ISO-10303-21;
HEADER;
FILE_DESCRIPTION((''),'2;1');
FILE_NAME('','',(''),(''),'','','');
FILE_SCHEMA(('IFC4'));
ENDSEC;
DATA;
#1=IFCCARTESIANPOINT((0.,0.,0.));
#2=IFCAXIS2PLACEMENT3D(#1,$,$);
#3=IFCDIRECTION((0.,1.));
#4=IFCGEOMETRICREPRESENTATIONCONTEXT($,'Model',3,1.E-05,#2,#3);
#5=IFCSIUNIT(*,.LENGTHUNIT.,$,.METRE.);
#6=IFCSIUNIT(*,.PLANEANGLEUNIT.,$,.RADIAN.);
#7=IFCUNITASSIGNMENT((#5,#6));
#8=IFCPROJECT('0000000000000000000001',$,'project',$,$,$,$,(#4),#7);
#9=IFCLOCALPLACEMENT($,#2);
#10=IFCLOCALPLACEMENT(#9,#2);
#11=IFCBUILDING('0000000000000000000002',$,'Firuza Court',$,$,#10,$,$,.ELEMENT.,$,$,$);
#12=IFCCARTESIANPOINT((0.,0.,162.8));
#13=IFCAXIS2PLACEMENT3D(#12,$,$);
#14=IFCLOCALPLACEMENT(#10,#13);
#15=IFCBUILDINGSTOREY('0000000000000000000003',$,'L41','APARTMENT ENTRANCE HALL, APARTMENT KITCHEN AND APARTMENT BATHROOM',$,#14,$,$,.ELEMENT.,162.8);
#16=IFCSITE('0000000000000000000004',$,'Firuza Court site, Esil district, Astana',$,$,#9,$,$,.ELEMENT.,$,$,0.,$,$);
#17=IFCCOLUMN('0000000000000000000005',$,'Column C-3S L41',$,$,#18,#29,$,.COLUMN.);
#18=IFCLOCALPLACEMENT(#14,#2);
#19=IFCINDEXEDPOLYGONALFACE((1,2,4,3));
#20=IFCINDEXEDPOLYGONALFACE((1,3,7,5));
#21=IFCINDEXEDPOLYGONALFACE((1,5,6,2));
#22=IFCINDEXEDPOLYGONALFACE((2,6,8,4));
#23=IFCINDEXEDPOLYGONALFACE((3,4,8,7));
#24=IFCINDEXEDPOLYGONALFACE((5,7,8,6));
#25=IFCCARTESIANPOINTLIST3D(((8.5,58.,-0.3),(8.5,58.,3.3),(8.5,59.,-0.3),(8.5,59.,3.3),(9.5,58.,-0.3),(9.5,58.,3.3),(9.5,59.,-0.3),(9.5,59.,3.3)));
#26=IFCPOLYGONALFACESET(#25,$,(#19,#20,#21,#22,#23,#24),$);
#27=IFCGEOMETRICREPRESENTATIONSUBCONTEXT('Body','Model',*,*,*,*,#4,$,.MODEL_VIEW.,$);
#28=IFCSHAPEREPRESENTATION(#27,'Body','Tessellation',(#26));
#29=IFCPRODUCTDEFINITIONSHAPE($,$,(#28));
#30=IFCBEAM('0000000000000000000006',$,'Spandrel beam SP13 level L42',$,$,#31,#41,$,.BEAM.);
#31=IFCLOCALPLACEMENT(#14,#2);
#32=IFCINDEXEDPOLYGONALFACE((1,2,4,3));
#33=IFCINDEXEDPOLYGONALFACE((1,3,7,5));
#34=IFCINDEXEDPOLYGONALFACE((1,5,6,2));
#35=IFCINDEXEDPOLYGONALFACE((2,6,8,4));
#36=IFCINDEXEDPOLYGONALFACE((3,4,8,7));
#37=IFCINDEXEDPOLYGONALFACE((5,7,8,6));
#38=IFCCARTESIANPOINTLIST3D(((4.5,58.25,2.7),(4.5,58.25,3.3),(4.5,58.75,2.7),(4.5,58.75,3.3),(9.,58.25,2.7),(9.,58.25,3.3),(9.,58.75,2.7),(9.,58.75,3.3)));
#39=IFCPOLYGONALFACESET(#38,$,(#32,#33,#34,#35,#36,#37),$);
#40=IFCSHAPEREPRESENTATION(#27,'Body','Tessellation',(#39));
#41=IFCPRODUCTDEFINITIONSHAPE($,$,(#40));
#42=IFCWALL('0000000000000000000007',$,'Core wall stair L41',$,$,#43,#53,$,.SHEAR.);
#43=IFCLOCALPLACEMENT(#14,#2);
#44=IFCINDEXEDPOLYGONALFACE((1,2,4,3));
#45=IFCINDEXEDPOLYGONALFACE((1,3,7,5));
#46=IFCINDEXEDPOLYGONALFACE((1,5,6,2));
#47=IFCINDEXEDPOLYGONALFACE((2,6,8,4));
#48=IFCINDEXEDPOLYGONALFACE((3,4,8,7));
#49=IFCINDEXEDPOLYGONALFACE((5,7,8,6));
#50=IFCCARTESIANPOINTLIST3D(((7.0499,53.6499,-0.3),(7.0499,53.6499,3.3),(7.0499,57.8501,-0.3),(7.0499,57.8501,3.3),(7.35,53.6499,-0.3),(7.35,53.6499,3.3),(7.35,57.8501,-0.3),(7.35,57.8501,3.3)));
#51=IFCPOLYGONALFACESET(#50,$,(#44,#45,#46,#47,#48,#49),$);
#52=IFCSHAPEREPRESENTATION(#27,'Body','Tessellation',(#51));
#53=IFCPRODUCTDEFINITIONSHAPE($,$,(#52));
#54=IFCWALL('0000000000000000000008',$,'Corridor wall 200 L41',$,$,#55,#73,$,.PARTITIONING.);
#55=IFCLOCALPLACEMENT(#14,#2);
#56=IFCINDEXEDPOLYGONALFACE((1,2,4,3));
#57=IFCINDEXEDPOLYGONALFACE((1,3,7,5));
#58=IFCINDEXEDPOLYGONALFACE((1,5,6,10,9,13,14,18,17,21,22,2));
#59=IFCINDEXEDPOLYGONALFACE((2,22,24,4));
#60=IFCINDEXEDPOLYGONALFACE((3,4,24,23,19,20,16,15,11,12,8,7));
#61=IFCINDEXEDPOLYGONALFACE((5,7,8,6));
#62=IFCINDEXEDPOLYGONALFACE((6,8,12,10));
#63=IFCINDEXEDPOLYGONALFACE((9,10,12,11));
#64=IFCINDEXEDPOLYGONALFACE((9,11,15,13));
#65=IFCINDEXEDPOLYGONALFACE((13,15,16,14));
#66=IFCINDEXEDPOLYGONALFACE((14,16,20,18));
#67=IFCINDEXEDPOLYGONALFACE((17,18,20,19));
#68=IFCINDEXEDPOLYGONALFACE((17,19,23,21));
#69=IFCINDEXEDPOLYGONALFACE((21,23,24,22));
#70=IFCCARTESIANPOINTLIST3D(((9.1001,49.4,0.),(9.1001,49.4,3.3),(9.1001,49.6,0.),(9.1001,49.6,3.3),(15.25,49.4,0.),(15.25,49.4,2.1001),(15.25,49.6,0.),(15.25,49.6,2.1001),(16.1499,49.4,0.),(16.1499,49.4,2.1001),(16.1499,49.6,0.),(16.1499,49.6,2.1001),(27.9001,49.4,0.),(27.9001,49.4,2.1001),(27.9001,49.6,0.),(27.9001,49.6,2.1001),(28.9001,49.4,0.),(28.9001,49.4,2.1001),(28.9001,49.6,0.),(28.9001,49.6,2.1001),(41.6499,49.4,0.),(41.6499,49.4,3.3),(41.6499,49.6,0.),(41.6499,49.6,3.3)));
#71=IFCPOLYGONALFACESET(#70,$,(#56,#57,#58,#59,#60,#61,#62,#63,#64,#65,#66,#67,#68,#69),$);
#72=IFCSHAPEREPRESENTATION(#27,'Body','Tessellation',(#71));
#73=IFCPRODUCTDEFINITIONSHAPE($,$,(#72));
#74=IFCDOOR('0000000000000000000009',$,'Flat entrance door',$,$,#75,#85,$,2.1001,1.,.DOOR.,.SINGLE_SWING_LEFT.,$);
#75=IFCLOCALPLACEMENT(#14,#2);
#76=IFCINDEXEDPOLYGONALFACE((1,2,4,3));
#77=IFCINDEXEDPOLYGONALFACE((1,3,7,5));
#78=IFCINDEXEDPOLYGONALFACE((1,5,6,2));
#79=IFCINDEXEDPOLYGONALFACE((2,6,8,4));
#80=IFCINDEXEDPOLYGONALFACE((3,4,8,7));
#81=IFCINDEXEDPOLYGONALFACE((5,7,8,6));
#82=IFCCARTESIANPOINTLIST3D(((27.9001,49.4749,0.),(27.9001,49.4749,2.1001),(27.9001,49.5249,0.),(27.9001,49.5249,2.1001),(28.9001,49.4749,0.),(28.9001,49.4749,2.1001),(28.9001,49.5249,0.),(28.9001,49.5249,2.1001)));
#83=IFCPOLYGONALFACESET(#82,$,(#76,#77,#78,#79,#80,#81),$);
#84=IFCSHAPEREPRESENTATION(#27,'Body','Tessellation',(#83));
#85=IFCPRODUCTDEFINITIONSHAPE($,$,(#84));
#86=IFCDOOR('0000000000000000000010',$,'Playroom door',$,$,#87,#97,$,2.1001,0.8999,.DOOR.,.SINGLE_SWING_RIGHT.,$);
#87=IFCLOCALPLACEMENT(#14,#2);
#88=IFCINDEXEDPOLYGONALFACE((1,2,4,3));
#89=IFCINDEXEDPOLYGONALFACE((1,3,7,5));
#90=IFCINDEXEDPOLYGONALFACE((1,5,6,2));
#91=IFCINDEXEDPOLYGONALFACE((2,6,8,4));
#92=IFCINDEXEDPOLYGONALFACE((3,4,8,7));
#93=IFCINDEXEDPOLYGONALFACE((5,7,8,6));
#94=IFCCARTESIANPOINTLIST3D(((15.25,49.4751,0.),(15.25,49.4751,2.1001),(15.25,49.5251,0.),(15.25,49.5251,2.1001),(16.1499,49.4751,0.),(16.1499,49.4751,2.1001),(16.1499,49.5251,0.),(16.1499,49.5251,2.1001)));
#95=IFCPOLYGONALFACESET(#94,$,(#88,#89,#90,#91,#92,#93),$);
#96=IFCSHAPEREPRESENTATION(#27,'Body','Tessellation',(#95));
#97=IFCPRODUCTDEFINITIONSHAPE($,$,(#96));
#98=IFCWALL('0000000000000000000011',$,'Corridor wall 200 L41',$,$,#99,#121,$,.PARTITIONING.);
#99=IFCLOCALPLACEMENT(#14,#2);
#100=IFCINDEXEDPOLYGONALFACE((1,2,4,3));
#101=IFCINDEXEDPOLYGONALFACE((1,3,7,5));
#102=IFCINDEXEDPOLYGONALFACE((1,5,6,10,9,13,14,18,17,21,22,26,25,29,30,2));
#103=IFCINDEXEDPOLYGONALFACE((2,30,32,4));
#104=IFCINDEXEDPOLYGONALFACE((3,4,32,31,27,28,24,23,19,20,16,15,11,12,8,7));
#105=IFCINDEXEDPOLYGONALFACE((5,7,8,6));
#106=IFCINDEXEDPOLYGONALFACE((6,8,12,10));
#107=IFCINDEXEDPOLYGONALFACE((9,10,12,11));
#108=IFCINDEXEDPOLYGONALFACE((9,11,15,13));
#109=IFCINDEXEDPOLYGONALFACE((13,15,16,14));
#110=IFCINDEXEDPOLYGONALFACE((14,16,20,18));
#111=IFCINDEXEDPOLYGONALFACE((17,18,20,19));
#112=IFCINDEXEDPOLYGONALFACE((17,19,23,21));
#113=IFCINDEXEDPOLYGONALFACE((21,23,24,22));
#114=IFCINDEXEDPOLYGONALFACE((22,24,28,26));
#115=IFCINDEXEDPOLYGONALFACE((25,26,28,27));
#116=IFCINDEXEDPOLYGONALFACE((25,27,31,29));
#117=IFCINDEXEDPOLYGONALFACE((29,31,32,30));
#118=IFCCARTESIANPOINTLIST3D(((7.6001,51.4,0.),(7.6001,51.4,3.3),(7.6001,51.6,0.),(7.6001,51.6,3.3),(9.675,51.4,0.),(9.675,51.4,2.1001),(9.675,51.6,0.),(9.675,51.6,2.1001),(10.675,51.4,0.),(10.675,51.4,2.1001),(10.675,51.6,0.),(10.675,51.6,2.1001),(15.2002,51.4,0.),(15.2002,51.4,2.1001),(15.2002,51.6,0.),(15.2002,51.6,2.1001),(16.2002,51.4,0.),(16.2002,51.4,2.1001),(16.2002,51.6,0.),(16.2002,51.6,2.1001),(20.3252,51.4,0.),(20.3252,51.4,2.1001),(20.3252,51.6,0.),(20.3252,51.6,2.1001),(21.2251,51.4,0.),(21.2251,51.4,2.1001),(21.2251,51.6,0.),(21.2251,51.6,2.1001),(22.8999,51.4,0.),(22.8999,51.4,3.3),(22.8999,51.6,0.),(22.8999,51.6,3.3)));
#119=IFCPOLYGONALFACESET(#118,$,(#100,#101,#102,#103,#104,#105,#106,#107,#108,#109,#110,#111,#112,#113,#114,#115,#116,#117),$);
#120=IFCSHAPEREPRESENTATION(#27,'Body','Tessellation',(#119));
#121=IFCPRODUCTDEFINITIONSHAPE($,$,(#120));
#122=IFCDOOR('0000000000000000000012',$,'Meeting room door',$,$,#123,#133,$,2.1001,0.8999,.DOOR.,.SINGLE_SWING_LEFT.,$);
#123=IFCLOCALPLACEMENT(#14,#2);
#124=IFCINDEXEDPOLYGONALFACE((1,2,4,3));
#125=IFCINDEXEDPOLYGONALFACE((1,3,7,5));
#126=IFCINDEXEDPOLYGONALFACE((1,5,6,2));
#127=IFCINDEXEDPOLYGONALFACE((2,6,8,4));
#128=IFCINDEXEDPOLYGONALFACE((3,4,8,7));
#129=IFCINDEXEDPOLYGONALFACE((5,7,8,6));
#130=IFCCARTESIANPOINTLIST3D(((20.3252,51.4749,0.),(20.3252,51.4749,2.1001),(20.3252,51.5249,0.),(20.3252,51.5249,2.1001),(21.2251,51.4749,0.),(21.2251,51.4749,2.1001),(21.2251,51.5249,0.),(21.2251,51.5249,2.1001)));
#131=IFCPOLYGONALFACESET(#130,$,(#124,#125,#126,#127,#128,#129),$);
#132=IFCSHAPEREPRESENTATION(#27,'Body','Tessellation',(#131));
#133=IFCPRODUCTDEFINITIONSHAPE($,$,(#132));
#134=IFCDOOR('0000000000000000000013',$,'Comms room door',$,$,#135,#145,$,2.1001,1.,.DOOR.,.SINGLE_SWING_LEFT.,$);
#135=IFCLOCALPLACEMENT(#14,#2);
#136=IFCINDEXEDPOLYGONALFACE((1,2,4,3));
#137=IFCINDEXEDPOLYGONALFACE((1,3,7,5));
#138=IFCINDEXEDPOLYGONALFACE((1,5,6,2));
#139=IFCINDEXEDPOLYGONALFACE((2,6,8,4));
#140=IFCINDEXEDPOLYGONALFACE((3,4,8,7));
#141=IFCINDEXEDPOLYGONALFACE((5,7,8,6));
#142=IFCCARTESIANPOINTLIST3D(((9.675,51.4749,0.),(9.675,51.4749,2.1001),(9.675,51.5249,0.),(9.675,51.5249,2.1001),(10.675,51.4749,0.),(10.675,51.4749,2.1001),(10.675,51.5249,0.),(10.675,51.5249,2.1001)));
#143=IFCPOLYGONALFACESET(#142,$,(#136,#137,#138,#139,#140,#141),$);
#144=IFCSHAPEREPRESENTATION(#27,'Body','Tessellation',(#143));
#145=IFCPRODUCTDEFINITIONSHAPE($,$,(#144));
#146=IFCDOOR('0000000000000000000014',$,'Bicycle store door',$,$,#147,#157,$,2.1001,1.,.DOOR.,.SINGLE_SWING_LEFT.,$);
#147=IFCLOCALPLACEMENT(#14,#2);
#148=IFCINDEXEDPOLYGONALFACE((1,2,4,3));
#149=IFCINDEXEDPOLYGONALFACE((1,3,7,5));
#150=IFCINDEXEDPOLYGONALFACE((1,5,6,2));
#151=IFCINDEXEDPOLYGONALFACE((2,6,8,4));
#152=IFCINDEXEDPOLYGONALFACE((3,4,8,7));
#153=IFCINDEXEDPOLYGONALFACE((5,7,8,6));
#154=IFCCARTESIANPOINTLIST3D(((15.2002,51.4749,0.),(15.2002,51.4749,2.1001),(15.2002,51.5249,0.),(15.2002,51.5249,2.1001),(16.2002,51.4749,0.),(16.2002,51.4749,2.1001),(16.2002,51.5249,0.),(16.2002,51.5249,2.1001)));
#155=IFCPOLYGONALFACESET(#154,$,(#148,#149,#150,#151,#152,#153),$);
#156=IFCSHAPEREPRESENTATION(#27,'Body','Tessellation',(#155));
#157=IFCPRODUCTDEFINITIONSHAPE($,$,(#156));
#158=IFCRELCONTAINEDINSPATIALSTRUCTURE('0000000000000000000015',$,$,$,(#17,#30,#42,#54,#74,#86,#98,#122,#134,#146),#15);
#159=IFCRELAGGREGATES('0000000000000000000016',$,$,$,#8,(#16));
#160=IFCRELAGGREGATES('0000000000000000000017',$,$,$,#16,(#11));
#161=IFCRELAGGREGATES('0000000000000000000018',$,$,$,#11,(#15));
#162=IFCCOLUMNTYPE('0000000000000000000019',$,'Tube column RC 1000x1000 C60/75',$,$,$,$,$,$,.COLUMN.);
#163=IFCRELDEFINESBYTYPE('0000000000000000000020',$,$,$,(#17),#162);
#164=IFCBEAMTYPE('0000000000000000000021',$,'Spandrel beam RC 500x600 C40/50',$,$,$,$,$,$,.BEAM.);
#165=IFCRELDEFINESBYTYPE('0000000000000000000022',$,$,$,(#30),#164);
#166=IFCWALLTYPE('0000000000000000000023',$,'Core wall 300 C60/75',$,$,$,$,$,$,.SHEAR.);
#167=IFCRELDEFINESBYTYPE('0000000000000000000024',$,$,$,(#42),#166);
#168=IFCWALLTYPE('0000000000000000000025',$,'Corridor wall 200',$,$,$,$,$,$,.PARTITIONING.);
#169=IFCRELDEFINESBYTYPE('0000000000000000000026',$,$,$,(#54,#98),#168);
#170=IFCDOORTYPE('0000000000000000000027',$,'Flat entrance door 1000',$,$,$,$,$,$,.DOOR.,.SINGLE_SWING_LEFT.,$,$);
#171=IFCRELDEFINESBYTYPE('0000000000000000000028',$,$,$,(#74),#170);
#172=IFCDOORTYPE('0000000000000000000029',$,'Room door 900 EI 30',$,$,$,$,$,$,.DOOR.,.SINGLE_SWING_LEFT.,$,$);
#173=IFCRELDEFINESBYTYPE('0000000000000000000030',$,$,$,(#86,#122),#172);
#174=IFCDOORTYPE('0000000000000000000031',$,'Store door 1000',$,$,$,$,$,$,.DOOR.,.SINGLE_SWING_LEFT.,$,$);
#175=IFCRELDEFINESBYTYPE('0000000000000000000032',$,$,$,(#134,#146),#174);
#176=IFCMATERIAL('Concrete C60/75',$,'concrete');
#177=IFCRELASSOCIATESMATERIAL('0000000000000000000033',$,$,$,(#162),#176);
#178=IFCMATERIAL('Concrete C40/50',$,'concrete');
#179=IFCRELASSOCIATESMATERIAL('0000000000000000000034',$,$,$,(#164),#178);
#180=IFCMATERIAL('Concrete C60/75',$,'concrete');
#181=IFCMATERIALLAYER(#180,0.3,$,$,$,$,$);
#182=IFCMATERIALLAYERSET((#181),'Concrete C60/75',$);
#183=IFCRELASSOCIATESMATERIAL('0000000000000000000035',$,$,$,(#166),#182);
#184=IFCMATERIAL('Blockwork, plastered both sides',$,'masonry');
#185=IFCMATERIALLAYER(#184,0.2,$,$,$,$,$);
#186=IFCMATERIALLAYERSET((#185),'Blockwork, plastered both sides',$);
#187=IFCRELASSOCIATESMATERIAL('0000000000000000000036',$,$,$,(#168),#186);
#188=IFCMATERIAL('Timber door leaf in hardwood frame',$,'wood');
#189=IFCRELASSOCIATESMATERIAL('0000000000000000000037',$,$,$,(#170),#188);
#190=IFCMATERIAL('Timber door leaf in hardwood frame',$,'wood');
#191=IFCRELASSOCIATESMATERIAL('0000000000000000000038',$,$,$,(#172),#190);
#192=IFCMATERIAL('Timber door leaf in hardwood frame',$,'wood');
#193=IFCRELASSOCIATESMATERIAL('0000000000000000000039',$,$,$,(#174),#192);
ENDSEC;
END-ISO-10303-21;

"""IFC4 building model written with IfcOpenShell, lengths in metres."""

from ifc_helpers import new_model, si_unit, direction, frame, frame_2d, origin, origin_2d, place, context, subcontext, project, spatial, rectangle, extrude, material, layer, layer_set, material_profile, profile_set, type_object, element, fill, save


model = new_model("IFC4")

# Units and contexts
model_context = context("Model", 3, precision=1e-05, world=origin(), true_north=direction((0.0, 1.0)))
body_context = subcontext(model_context, "Body", "Model", "MODEL_VIEW")
ifc_project = project(units=[si_unit("LENGTHUNIT", "METRE"), si_unit("PLANEANGLEUNIT", "RADIAN")], contexts=[model_context])

# Site, building, storey
site_placement = place(None, origin())
site = spatial("IfcSite", under=ifc_project, at=site_placement, Name="Firuza Court site, Esil district, Astana", CompositionType="ELEMENT", RefElevation=0.0)
building_placement = place(site_placement, origin())
building = spatial("IfcBuilding", under=site, at=building_placement, Name="Firuza Court", CompositionType="ELEMENT")
storey_placement = place(building_placement, frame((0.0, 0.0, 162.8)))
storey = spatial("IfcBuildingStorey", under=building, at=storey_placement, Name="L41", Description="APARTMENT ENTRANCE HALL, APARTMENT KITCHEN AND APARTMENT BATHROOM", CompositionType="ELEMENT", Elevation=162.8)

# Column
ifc_material_1 = material(Name="Concrete C60/75", Category="concrete")
ifc_material_profile_1 = material_profile(ifc_material_1, rectangle(XDim=1.0, YDim=1.0, at=origin_2d()), Name="RC 1000x1000")
ifc_profile_set_1 = profile_set([ifc_material_profile_1], Name="Concrete C60/75")
column_type = type_object("IfcColumnType", Name="Tube column RC 1000x1000 C60/75", PredefinedType="COLUMN", material=ifc_profile_set_1)
column_placement = place(storey_placement, frame((9.0, 58.5, -0.3), z_axis=(0.0, 0.0, 1.0), x_axis=(1.0, 0.0, 0.0)))
element("IfcColumn", 1, at=column_placement, inside=storey, type_object=column_type, Name="Column C-3S L41", PredefinedType="COLUMN", context=body_context, shape_type="SweptSolid", body=[
    extrude(rectangle(XDim=1.0, YDim=1.0, at=origin_2d()), origin(), (0.0, 0.0, 1.0), 3.6001),
])

# Beam
ifc_material_2 = material(Name="Concrete C40/50", Category="concrete")
ifc_material_profile_2 = material_profile(ifc_material_2, rectangle(XDim=0.5, YDim=0.6001, at=origin_2d()), Name="RC 500x600")
ifc_profile_set_2 = profile_set([ifc_material_profile_2], Name="Concrete C40/50")
beam_type = type_object("IfcBeamType", Name="Spandrel beam RC 500x600 C40/50", PredefinedType="BEAM", material=ifc_profile_set_2)
beam_placement = place(storey_placement, frame((9.0, 58.5, 3.0), z_axis=(-1.0, 0.0, 0.0), x_axis=(0.0, -1.0, 0.0)))
element("IfcBeam", 2, at=beam_placement, inside=storey, type_object=beam_type, Name="Spandrel beam SP13 level L42", PredefinedType="BEAM", context=body_context, shape_type="SweptSolid", body=[
    extrude(rectangle(XDim=0.5, YDim=0.6001, at=origin_2d()), origin(), (0.0, 0.0, 1.0), 4.5),
])

# Wall
ifc_material_3 = material(Name="Concrete C60/75", Category="concrete")
ifc_layer_1 = layer(ifc_material_3, 0.3)
ifc_layer_set_1 = layer_set([ifc_layer_1], Name="Concrete C60/75")
wall_type_1 = type_object("IfcWallType", Name="Core wall 300 C60/75", PredefinedType="SHEAR", material=ifc_layer_set_1)
wall_1_placement = place(storey_placement, frame((7.2, 53.6499, -0.3), z_axis=(0.0, 0.0, 1.0), x_axis=(0.0, 1.0, 0.0)))
element("IfcWall", 3, at=wall_1_placement, inside=storey, type_object=wall_type_1, Name="Core wall stair L41", PredefinedType="SHEAR", context=body_context, shape_type="SweptSolid", body=[
    extrude(rectangle(XDim=4.2002, YDim=0.3, at=frame_2d((2.1001, 0.0))), origin(), (0.0, 0.0, 1.0), 3.6001),
])

# Walls, openings, doors
ifc_material_4 = material(Name="Blockwork, plastered both sides", Category="masonry")
ifc_layer_2 = layer(ifc_material_4, 0.2)
ifc_layer_set_2 = layer_set([ifc_layer_2], Name="Blockwork, plastered both sides")
wall_type_2 = type_object("IfcWallType", Name="Corridor wall 200", PredefinedType="PARTITIONING", material=ifc_layer_set_2)
wall_2_placement = place(storey_placement, frame((9.1001, 49.5, 0.0), z_axis=(0.0, 0.0, 1.0), x_axis=(1.0, 0.0, 0.0)))
wall_2 = element("IfcWall", 4, at=wall_2_placement, inside=storey, type_object=wall_type_2, Name="Corridor wall 200 L41", PredefinedType="PARTITIONING", context=body_context, shape_type="SweptSolid", body=[
    extrude(rectangle(XDim=32.5498, YDim=0.2, at=frame_2d((16.2749, 0.0))), origin(), (0.0, 0.0, 1.0), 3.3),
])
opening_1_placement = place(wall_2_placement, frame((18.8, 0.0, 0.0)))
opening_1 = element("IfcOpeningElement", 5, at=opening_1_placement, cuts=wall_2, PredefinedType="OPENING", context=body_context, shape_type="SweptSolid", body=[
    extrude(rectangle(XDim=1.0, YDim=2.1001, at=frame_2d((0.5, 1.05))), frame((0.0, 0.1118, 0.0), z_axis=(0.0, -1.0, 0.0), x_axis=(1.0, 0.0, 0.0)), (0.0, 0.0, 1.0), 0.2239),
])
opening_2_placement = place(wall_2_placement, frame((6.1499, 0.0, 0.0)))
opening_2 = element("IfcOpeningElement", 6, at=opening_2_placement, cuts=wall_2, PredefinedType="OPENING", context=body_context, shape_type="SweptSolid", body=[
    extrude(rectangle(XDim=0.8999, YDim=2.1001, at=frame_2d((0.45, 1.05))), frame((0.0, 0.1118, 0.0), z_axis=(0.0, -1.0, 0.0), x_axis=(1.0, 0.0, 0.0)), (0.0, 0.0, 1.0), 0.2239),
])
ifc_material_5 = material(Name="Timber door leaf in hardwood frame", Category="wood")
door_type_1 = type_object("IfcDoorType", Name="Flat entrance door 1000", OperationType="SINGLE_SWING_LEFT", PredefinedType="DOOR", material=ifc_material_5)
door_1_placement = place(opening_1_placement, origin())
door_1 = element("IfcDoor", 7, at=door_1_placement, inside=storey, type_object=door_type_1, Name="Flat entrance door", OperationType="SINGLE_SWING_LEFT", OverallHeight=2.1001, OverallWidth=1.0, PredefinedType="DOOR", context=body_context, shape_type="SweptSolid", body=[
    extrude(rectangle(XDim=1.0, YDim=2.1001, at=frame_2d((0.5, 1.05))), frame((0.0, 0.0249, 0.0), z_axis=(0.0, -1.0, 0.0), x_axis=(1.0, 0.0, 0.0)), (0.0, 0.0, 1.0), 0.05),
])
fill(opening_1, door_1)
ifc_material_6 = material(Name="Timber door leaf in hardwood frame", Category="wood")
door_type_2 = type_object("IfcDoorType", Name="Room door 900 EI 30", OperationType="SINGLE_SWING_LEFT", PredefinedType="DOOR", material=ifc_material_6)
door_2_placement = place(opening_2_placement, frame((0.8999, 0.0, 0.0), z_axis=(0.0, 0.0, 1.0), x_axis=(-1.0, 0.0, 0.0)))
door_2 = element("IfcDoor", 8, at=door_2_placement, inside=storey, type_object=door_type_2, Name="Playroom door", OperationType="SINGLE_SWING_RIGHT", OverallHeight=2.1001, OverallWidth=0.8999, PredefinedType="DOOR", context=body_context, shape_type="SweptSolid", body=[
    extrude(rectangle(XDim=0.8999, YDim=2.1001, at=frame_2d((0.45, 1.05))), frame((0.0, 0.0249, 0.0), z_axis=(0.0, -1.0, 0.0), x_axis=(1.0, 0.0, 0.0)), (0.0, 0.0, 1.0), 0.05),
])
fill(opening_2, door_2)
wall_3_placement = place(storey_placement, frame((7.6001, 51.5, 0.0), z_axis=(0.0, 0.0, 1.0), x_axis=(1.0, 0.0, 0.0)))
wall_3 = element("IfcWall", 9, at=wall_3_placement, inside=storey, type_object=wall_type_2, Name="Corridor wall 200 L41", PredefinedType="PARTITIONING", context=body_context, shape_type="SweptSolid", body=[
    extrude(rectangle(XDim=15.2998, YDim=0.2, at=frame_2d((7.6499, 0.0))), origin(), (0.0, 0.0, 1.0), 3.3),
])
opening_3_placement = place(wall_3_placement, frame((2.075, 0.0, 0.0)))
opening_3 = element("IfcOpeningElement", 10, at=opening_3_placement, cuts=wall_3, PredefinedType="OPENING", context=body_context, shape_type="SweptSolid", body=[
    extrude(rectangle(XDim=1.0, YDim=2.1001, at=frame_2d((0.5, 1.05))), frame((0.0, 0.1118, 0.0), z_axis=(0.0, -1.0, 0.0), x_axis=(1.0, 0.0, 0.0)), (0.0, 0.0, 1.0), 0.2239),
])
opening_4_placement = place(wall_3_placement, frame((7.6001, 0.0, 0.0)))
opening_4 = element("IfcOpeningElement", 11, at=opening_4_placement, cuts=wall_3, PredefinedType="OPENING", context=body_context, shape_type="SweptSolid", body=[
    extrude(rectangle(XDim=1.0, YDim=2.1001, at=frame_2d((0.5, 1.05))), frame((0.0, 0.1118, 0.0), z_axis=(0.0, -1.0, 0.0), x_axis=(1.0, 0.0, 0.0)), (0.0, 0.0, 1.0), 0.2239),
])
opening_5_placement = place(wall_3_placement, frame((12.7251, 0.0, 0.0)))
opening_5 = element("IfcOpeningElement", 12, at=opening_5_placement, cuts=wall_3, PredefinedType="OPENING", context=body_context, shape_type="SweptSolid", body=[
    extrude(rectangle(XDim=0.8999, YDim=2.1001, at=frame_2d((0.45, 1.05))), frame((0.0, 0.1118, 0.0), z_axis=(0.0, -1.0, 0.0), x_axis=(1.0, 0.0, 0.0)), (0.0, 0.0, 1.0), 0.2239),
])
door_3_placement = place(opening_5_placement, origin())
door_3 = element("IfcDoor", 13, at=door_3_placement, inside=storey, type_object=door_type_2, Name="Meeting room door", OperationType="SINGLE_SWING_LEFT", OverallHeight=2.1001, OverallWidth=0.8999, PredefinedType="DOOR", context=body_context, shape_type="SweptSolid", body=[
    extrude(rectangle(XDim=0.8999, YDim=2.1001, at=frame_2d((0.45, 1.05))), frame((0.0, 0.0249, 0.0), z_axis=(0.0, -1.0, 0.0), x_axis=(1.0, 0.0, 0.0)), (0.0, 0.0, 1.0), 0.05),
])
fill(opening_5, door_3)
ifc_material_7 = material(Name="Timber door leaf in hardwood frame", Category="wood")
door_type_3 = type_object("IfcDoorType", Name="Store door 1000", OperationType="SINGLE_SWING_LEFT", PredefinedType="DOOR", material=ifc_material_7)
door_4_placement = place(opening_3_placement, origin())
door_4 = element("IfcDoor", 14, at=door_4_placement, inside=storey, type_object=door_type_3, Name="Comms room door", OperationType="SINGLE_SWING_LEFT", OverallHeight=2.1001, OverallWidth=1.0, PredefinedType="DOOR", context=body_context, shape_type="SweptSolid", body=[
    extrude(rectangle(XDim=1.0, YDim=2.1001, at=frame_2d((0.5, 1.05))), frame((0.0, 0.0249, 0.0), z_axis=(0.0, -1.0, 0.0), x_axis=(1.0, 0.0, 0.0)), (0.0, 0.0, 1.0), 0.05),
])
fill(opening_3, door_4)
door_5_placement = place(opening_4_placement, origin())
door_5 = element("IfcDoor", 15, at=door_5_placement, inside=storey, type_object=door_type_3, Name="Bicycle store door", OperationType="SINGLE_SWING_LEFT", OverallHeight=2.1001, OverallWidth=1.0, PredefinedType="DOOR", context=body_context, shape_type="SweptSolid", body=[
    extrude(rectangle(XDim=1.0, YDim=2.1001, at=frame_2d((0.5, 1.05))), frame((0.0, 0.0249, 0.0), z_axis=(0.0, -1.0, 0.0), x_axis=(1.0, 0.0, 0.0)), (0.0, 0.0, 1.0), 0.05),
])
fill(opening_4, door_5)

save(model, "model.ifc")
